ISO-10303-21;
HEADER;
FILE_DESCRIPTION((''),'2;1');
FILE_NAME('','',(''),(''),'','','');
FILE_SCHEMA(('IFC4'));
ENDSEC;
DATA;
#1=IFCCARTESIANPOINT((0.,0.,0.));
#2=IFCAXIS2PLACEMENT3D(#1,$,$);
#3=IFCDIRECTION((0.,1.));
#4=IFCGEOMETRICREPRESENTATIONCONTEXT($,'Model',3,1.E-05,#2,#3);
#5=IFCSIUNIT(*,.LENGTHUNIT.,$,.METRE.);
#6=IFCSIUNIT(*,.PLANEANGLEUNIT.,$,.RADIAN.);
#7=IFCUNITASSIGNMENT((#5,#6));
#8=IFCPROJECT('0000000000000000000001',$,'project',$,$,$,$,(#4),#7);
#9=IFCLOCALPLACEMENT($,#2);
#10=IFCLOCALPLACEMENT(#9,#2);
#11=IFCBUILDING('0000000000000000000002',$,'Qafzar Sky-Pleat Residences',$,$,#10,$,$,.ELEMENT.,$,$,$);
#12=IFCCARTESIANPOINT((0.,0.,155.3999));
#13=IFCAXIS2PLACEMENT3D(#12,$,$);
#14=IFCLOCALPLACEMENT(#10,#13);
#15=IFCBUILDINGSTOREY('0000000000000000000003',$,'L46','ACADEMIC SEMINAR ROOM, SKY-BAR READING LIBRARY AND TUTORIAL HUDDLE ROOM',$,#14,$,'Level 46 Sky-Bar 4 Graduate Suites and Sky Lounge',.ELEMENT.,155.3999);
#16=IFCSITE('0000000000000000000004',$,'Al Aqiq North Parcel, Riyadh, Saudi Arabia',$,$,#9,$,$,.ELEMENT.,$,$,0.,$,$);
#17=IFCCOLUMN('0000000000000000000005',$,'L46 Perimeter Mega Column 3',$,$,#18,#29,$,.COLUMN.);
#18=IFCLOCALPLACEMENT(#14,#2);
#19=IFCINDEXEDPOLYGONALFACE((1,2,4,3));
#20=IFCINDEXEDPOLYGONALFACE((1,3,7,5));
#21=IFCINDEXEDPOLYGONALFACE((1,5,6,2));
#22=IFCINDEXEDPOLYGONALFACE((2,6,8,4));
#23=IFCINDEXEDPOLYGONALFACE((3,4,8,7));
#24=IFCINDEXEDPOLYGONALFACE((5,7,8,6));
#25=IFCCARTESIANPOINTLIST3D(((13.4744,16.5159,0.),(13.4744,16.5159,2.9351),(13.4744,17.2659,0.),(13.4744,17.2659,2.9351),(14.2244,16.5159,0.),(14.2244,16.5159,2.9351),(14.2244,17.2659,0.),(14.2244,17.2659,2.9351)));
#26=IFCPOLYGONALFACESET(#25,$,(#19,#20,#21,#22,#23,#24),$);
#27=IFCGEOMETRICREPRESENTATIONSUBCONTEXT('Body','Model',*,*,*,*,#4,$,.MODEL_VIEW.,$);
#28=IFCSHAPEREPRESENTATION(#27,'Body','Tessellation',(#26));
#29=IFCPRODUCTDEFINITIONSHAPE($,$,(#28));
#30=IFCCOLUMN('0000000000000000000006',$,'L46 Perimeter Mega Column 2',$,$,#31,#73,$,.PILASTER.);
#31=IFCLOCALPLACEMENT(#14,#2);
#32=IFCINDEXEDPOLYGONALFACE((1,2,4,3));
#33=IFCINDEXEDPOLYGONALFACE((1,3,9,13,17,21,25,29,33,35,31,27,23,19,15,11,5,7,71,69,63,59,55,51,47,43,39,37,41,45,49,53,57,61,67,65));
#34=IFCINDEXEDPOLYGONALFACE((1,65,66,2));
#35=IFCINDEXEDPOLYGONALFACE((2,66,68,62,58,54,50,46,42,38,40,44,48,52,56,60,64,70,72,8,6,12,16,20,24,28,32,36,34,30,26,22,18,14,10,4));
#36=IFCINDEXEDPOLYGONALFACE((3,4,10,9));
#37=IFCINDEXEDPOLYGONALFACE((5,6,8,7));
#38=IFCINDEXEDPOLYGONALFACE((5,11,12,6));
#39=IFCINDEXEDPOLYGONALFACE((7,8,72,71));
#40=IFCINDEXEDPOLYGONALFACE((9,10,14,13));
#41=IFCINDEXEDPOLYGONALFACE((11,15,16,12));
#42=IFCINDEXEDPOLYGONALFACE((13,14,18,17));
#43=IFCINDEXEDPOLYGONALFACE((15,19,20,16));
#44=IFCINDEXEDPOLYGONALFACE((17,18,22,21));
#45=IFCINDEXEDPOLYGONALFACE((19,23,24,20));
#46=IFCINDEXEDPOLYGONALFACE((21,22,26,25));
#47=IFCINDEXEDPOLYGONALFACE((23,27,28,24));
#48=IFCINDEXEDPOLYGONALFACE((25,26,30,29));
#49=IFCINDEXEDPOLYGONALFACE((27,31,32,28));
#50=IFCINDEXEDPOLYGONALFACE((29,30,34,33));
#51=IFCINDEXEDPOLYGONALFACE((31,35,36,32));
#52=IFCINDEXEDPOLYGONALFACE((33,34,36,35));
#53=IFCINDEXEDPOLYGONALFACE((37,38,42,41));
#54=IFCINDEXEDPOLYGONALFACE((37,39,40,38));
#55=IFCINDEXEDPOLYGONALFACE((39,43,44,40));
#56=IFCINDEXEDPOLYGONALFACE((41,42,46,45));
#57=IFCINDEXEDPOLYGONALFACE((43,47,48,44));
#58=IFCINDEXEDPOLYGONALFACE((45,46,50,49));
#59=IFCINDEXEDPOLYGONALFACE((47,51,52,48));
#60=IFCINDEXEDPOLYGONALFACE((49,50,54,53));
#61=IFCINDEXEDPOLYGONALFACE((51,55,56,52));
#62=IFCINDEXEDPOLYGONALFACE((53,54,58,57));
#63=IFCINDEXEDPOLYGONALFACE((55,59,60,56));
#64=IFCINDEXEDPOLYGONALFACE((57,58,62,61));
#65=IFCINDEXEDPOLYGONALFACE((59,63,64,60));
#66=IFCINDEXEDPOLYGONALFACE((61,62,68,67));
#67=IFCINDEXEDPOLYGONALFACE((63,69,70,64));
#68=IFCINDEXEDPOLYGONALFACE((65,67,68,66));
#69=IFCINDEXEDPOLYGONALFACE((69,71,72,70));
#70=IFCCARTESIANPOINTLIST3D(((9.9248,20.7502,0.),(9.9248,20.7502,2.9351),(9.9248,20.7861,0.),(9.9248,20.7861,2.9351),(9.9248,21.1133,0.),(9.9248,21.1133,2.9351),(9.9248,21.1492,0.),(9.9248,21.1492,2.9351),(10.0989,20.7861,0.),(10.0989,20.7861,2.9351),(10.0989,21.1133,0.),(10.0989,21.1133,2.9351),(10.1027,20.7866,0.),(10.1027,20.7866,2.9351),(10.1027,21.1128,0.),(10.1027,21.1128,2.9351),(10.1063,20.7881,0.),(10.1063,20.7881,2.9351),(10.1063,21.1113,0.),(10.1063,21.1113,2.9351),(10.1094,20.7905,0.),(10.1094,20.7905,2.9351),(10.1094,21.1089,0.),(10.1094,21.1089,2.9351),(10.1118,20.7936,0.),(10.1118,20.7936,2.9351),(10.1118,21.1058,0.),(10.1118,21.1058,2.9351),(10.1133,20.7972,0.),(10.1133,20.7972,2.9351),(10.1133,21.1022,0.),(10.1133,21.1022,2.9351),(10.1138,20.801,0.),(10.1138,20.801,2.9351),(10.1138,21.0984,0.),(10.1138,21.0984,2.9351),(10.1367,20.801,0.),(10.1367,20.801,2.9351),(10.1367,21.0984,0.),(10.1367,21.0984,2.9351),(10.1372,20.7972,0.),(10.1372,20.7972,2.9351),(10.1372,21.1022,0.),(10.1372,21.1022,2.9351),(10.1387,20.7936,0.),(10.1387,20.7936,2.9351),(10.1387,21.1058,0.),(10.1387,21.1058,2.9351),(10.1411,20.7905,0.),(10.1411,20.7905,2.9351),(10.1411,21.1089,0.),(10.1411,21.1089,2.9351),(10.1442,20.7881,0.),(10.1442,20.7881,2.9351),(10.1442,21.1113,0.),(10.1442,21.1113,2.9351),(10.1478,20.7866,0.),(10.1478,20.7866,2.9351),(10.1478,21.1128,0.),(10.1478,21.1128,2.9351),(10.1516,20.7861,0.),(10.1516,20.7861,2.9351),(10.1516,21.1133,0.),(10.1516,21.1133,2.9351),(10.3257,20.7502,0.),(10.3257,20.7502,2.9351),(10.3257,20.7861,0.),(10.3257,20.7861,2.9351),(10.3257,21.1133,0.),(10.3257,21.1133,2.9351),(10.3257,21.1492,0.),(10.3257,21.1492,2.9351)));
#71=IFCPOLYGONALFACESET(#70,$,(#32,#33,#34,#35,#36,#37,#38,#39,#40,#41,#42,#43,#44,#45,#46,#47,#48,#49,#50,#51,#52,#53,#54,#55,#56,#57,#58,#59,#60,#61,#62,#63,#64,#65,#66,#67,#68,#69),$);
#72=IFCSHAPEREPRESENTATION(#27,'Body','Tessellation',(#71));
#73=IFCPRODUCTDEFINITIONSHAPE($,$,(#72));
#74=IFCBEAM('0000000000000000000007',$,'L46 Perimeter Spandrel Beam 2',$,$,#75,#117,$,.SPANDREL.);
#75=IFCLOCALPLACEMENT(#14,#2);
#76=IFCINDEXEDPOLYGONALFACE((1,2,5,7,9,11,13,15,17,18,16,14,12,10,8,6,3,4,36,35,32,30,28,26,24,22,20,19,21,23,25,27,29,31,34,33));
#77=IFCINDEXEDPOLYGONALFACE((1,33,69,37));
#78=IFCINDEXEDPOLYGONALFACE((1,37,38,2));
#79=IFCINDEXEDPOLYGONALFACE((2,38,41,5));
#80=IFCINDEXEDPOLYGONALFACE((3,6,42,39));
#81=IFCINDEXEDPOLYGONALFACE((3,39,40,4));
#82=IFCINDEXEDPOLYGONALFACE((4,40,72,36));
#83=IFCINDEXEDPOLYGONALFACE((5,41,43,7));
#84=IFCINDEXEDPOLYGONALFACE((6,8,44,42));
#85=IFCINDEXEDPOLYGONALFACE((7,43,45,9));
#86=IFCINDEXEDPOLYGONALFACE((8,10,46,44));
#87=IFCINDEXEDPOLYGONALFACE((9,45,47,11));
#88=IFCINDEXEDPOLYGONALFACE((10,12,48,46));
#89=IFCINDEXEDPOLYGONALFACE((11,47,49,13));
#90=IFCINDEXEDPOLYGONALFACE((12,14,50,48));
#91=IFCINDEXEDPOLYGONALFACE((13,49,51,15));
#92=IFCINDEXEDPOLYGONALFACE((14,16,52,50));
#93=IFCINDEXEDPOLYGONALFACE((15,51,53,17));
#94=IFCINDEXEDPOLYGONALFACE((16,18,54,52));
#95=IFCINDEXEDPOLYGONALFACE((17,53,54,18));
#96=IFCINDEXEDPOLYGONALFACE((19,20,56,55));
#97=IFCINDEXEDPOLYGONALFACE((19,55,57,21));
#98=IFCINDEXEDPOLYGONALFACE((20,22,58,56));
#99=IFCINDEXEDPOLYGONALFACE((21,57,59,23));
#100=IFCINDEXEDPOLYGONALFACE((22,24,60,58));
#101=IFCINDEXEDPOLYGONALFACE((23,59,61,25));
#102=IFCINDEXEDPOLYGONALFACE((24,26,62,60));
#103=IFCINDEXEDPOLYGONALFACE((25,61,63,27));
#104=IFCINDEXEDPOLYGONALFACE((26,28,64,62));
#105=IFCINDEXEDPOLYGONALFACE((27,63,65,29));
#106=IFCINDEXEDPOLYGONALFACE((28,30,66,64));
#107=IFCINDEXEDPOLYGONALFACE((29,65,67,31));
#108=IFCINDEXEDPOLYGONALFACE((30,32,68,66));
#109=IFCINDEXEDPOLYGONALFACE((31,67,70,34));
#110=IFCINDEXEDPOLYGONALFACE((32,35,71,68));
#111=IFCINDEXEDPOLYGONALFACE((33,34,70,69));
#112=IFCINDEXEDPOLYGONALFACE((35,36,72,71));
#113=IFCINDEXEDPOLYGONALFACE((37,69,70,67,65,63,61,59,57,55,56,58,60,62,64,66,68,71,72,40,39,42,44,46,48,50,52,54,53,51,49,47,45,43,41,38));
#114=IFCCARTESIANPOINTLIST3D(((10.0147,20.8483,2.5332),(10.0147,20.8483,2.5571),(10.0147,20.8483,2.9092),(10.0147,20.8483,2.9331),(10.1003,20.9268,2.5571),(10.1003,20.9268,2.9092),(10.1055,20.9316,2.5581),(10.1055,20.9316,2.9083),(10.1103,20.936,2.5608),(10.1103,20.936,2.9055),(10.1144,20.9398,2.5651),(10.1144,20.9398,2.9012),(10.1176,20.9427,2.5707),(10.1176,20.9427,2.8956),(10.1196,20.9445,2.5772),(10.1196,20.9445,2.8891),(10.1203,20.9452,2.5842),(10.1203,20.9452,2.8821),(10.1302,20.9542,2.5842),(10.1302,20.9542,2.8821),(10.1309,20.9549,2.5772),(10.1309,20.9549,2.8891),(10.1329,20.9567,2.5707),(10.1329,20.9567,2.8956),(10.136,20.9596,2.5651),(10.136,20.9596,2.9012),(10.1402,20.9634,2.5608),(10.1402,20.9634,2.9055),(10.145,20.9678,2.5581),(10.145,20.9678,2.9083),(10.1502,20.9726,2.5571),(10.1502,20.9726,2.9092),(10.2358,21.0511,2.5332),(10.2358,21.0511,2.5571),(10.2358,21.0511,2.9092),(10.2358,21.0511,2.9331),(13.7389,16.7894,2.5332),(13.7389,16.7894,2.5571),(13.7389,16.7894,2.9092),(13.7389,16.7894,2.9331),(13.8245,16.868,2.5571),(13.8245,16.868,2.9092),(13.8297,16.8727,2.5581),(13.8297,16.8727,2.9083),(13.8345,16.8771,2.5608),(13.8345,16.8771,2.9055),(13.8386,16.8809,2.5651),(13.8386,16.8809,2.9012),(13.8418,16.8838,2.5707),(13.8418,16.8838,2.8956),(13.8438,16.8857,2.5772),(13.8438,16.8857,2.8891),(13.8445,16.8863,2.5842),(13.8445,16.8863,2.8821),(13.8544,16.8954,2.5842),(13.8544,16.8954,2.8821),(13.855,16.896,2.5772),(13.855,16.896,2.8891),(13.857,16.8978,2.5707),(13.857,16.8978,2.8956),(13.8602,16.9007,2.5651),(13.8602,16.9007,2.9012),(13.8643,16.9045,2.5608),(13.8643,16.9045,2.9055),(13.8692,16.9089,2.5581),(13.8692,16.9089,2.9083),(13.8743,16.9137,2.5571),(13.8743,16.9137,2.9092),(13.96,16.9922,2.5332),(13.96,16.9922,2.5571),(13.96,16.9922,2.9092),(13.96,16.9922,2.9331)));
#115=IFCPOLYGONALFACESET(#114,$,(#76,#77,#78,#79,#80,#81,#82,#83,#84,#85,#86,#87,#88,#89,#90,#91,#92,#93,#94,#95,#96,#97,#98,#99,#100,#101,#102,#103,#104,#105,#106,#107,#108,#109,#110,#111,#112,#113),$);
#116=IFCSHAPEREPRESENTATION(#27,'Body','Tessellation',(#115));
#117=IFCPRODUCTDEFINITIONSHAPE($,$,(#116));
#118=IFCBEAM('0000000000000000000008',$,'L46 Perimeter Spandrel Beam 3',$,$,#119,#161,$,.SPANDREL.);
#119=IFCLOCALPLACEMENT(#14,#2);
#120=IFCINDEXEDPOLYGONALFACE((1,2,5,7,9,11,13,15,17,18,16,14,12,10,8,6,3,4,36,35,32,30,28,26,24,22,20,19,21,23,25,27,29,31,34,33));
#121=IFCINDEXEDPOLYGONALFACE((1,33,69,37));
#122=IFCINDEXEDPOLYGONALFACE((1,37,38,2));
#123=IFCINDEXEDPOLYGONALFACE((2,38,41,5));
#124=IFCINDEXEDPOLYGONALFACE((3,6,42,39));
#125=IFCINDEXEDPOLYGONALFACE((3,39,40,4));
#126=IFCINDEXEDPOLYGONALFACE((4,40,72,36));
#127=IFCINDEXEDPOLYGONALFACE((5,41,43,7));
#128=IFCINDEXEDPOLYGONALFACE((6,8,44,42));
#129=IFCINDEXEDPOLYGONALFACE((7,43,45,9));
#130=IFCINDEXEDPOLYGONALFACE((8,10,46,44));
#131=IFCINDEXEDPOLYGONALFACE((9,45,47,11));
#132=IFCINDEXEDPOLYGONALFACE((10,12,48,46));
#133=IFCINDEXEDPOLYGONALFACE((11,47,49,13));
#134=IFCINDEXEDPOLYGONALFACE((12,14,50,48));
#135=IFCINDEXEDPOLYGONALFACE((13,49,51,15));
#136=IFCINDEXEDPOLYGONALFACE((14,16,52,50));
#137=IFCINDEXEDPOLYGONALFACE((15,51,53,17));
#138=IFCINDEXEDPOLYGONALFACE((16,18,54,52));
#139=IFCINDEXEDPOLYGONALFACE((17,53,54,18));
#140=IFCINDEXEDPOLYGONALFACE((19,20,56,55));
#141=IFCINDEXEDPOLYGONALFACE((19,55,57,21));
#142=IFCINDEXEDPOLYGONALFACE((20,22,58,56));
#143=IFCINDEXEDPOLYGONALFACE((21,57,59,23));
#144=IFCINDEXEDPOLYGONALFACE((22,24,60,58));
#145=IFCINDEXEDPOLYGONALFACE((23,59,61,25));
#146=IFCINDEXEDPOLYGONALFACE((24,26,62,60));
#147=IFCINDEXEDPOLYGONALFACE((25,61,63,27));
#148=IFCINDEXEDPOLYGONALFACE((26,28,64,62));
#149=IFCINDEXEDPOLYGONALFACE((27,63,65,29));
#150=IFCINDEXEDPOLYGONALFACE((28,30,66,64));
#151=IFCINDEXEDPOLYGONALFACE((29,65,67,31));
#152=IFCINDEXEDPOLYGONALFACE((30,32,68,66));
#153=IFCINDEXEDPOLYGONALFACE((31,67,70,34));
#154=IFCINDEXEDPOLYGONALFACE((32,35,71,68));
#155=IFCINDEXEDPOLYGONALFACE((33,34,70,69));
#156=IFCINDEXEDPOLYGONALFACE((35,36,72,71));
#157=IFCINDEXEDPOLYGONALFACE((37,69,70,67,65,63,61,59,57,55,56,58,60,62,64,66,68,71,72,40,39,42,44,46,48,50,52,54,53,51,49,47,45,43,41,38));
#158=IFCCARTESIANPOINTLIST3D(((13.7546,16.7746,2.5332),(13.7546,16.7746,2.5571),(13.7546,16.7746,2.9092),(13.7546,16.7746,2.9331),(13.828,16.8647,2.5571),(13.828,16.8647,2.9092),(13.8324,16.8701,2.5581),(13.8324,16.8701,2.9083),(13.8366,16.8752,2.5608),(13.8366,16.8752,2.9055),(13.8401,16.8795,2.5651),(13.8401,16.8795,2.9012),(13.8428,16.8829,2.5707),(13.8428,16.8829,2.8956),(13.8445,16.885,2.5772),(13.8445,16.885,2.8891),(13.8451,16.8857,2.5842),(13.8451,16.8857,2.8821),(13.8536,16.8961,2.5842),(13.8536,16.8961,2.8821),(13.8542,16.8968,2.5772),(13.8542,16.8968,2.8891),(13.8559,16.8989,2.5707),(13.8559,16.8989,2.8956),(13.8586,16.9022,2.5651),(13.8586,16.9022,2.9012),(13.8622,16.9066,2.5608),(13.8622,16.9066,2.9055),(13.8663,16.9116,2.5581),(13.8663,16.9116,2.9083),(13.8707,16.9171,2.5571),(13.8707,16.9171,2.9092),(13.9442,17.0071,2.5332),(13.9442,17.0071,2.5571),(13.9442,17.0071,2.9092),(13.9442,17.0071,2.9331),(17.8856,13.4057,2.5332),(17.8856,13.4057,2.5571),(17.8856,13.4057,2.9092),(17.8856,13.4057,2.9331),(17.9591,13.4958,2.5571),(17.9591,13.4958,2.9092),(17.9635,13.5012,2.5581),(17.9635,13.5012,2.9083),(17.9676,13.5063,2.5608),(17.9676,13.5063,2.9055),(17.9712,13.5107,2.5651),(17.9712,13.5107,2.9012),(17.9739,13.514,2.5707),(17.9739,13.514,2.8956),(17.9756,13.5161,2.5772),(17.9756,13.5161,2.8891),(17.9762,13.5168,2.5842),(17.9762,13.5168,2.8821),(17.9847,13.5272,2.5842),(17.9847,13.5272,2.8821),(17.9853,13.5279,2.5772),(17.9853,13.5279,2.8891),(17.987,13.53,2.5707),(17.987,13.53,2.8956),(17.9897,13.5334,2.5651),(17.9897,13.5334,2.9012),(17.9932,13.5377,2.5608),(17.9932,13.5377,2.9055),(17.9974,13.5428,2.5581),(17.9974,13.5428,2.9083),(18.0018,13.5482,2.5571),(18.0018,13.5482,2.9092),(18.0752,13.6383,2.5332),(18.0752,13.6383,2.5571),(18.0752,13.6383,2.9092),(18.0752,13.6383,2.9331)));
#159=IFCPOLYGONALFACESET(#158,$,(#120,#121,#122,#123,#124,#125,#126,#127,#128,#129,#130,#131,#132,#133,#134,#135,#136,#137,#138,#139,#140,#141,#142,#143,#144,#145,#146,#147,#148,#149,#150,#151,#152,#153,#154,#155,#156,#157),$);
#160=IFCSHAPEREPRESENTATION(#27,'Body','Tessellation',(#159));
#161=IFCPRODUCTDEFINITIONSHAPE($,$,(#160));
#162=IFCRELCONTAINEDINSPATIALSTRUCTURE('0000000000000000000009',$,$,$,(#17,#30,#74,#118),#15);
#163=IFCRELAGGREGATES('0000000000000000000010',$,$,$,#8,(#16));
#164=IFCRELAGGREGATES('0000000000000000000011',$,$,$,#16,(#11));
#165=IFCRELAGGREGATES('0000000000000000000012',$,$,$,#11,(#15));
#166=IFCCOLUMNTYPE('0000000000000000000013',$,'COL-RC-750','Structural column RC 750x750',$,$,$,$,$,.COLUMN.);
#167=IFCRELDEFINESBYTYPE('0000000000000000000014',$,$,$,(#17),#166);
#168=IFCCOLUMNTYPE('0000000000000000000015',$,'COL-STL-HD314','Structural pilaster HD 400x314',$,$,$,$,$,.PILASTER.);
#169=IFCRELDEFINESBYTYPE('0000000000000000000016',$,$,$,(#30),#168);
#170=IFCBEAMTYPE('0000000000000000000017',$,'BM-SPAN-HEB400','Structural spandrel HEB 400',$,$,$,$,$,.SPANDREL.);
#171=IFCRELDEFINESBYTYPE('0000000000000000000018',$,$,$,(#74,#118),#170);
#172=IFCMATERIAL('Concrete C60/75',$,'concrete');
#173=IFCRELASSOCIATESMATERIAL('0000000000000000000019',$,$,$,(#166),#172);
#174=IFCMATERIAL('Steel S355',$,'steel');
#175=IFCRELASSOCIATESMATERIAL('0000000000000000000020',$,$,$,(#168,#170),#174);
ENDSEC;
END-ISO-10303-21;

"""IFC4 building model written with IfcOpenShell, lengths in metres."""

from ifc_helpers import new_model, si_unit, direction, frame, origin, origin_2d, place, context, subcontext, project, spatial, rectangle, i_section, extrude, source, transform, mapped, material, material_profile, profile_set, type_object, element, save


model = new_model("IFC4")

# Units and contexts
model_context = context("Model", 3, precision=1e-05, world=origin(), true_north=direction((0.0, 1.0)))
body_context = subcontext(model_context, "Body", "Model", "MODEL_VIEW")
ifc_project = project(units=[si_unit("LENGTHUNIT", "METRE"), si_unit("PLANEANGLEUNIT", "RADIAN")], contexts=[model_context])

# Site, building, storey
site_placement = place(None, origin())
site = spatial("IfcSite", under=ifc_project, at=site_placement, Name="Al Aqiq North Parcel, Riyadh, Saudi Arabia", CompositionType="ELEMENT", RefElevation=0.0)
building_placement = place(site_placement, origin())
building = spatial("IfcBuilding", under=site, at=building_placement, Name="Qafzar Sky-Pleat Residences", CompositionType="ELEMENT")
storey_placement = place(building_placement, frame((0.0, 0.0, 155.3999)))
storey = spatial("IfcBuildingStorey", under=building, at=storey_placement, Name="L46", Description="ACADEMIC SEMINAR ROOM, SKY-BAR READING LIBRARY AND TUTORIAL HUDDLE ROOM", LongName="Level 46 Sky-Bar 4 Graduate Suites and Sky Lounge", CompositionType="ELEMENT", Elevation=155.3999)

# Columns
ifc_material_1 = material(Name="Concrete C60/75", Category="concrete")
ifc_material_profile_1 = material_profile(ifc_material_1, rectangle(XDim=0.75, YDim=0.75, at=origin_2d()), Name="RC 750x750")
ifc_profile_set_1 = profile_set([ifc_material_profile_1], Name="Concrete C60/75")
column_type_1 = type_object("IfcColumnType", Name="COL-RC-750", Description="Structural column RC 750x750", PredefinedType="COLUMN", material=ifc_profile_set_1)
shared_shape_1 = source(origin(), body_context, "Body", "SweptSolid", [
    extrude(rectangle(XDim=0.75, YDim=0.75, at=origin_2d()), origin(), (0.0, 0.0, 1.0), 2.9351),
])
column_1_placement = place(storey_placement, frame((13.8494, 16.8909, 0.0), z_axis=(0.0, 0.0, 1.0), x_axis=(1.0, 0.0, 0.0)))
element("IfcColumn", 1, at=column_1_placement, inside=storey, type_object=column_type_1, Name="L46 Perimeter Mega Column 3", PredefinedType="COLUMN", context=body_context, shape_type="MappedRepresentation", body=[
    mapped(shared_shape_1, transform((0.0, 0.0, 0.0), x_axis=(1.0, 0.0, 0.0), y_axis=(0.0, 1.0, 0.0), z_axis=(0.0, 0.0, 1.0), scale=1.0)),
])
ifc_material_2 = material(Name="Steel S355", Category="steel")
ifc_material_profile_2 = material_profile(ifc_material_2, i_section(OverallWidth=0.4009, OverallDepth=0.3989, WebThickness=0.0229, FlangeThickness=0.0359, FilletRadius=0.0149, at=origin_2d()), Name="HD 400x314")
ifc_profile_set_2 = profile_set([ifc_material_profile_2], Name="Steel S355")
column_type_2 = type_object("IfcColumnType", Name="COL-STL-HD314", Description="Structural pilaster HD 400x314", PredefinedType="PILASTER", material=ifc_profile_set_2)
shared_shape_2 = source(origin(), body_context, "Body", "SweptSolid", [
    extrude(i_section(OverallWidth=0.4009, OverallDepth=0.3989, WebThickness=0.0229, FlangeThickness=0.0359, FilletRadius=0.0149, at=origin_2d()), origin(), (0.0, 0.0, 1.0), 2.9351),
])
column_2_placement = place(storey_placement, frame((10.1252, 20.9497, 0.0), z_axis=(0.0, 0.0, 1.0), x_axis=(1.0, 0.0, 0.0)))
element("IfcColumn", 2, at=column_2_placement, inside=storey, type_object=column_type_2, Name="L46 Perimeter Mega Column 2", PredefinedType="PILASTER", context=body_context, shape_type="MappedRepresentation", body=[
    mapped(shared_shape_2, transform((0.0, 0.0, 0.0), x_axis=(1.0, 0.0, 0.0), y_axis=(0.0, 1.0, 0.0), z_axis=(0.0, 0.0, 1.0), scale=1.0)),
])

# Beams
ifc_material_profile_3 = material_profile(ifc_material_2, i_section(OverallWidth=0.3, OverallDepth=0.3999, WebThickness=0.0134, FlangeThickness=0.0239, FilletRadius=0.0271, at=origin_2d()), Name="HEB 400")
ifc_profile_set_3 = profile_set([ifc_material_profile_3], Name="Steel S355")
beam_type_1 = type_object("IfcBeamType", Name="BM-SPAN-HEB400", Description="Structural spandrel HEB 400", PredefinedType="SPANDREL", material=ifc_profile_set_3)
shared_shape_3 = source(origin(), body_context, "Body", "SweptSolid", [
    extrude(i_section(OverallWidth=0.3, OverallDepth=0.3999, WebThickness=0.0134, FlangeThickness=0.0239, FilletRadius=0.0271, at=origin_2d()), origin(), (0.0, 0.0, 1.0), 5.5085),
])
beam_1_placement = place(storey_placement, frame((10.1252, 20.9497, 2.7332), z_axis=(0.676072, -0.736836, 0.0), x_axis=(0.736836, 0.676072, 0.0)))
element("IfcBeam", 3, at=beam_1_placement, inside=storey, type_object=beam_type_1, Name="L46 Perimeter Spandrel Beam 2", PredefinedType="SPANDREL", context=body_context, shape_type="MappedRepresentation", body=[
    mapped(shared_shape_3, transform((0.0, 0.0, 0.0), x_axis=(1.0, 0.0, 0.0), y_axis=(0.0, 1.0, 0.0), z_axis=(0.0, 0.0, 1.0), scale=1.0)),
])
shared_shape_4 = source(origin(), body_context, "Body", "SweptSolid", [
    extrude(i_section(OverallWidth=0.3, OverallDepth=0.3999, WebThickness=0.0134, FlangeThickness=0.0239, FilletRadius=0.0271, at=origin_2d()), origin(), (0.0, 0.0, 1.0), 5.3306),
])
beam_2_placement = place(storey_placement, frame((13.8494, 16.8909, 2.7332), z_axis=(0.774977, -0.63199, 0.0), x_axis=(0.63199, 0.774977, 0.0)))
element("IfcBeam", 4, at=beam_2_placement, inside=storey, type_object=beam_type_1, Name="L46 Perimeter Spandrel Beam 3", PredefinedType="SPANDREL", context=body_context, shape_type="MappedRepresentation", body=[
    mapped(shared_shape_4, transform((0.0, 0.0, 0.0), x_axis=(1.0, 0.0, 0.0), y_axis=(0.0, 1.0, 0.0), z_axis=(0.0, 0.0, 1.0), scale=1.0)),
])

save(model, "model.ifc")
